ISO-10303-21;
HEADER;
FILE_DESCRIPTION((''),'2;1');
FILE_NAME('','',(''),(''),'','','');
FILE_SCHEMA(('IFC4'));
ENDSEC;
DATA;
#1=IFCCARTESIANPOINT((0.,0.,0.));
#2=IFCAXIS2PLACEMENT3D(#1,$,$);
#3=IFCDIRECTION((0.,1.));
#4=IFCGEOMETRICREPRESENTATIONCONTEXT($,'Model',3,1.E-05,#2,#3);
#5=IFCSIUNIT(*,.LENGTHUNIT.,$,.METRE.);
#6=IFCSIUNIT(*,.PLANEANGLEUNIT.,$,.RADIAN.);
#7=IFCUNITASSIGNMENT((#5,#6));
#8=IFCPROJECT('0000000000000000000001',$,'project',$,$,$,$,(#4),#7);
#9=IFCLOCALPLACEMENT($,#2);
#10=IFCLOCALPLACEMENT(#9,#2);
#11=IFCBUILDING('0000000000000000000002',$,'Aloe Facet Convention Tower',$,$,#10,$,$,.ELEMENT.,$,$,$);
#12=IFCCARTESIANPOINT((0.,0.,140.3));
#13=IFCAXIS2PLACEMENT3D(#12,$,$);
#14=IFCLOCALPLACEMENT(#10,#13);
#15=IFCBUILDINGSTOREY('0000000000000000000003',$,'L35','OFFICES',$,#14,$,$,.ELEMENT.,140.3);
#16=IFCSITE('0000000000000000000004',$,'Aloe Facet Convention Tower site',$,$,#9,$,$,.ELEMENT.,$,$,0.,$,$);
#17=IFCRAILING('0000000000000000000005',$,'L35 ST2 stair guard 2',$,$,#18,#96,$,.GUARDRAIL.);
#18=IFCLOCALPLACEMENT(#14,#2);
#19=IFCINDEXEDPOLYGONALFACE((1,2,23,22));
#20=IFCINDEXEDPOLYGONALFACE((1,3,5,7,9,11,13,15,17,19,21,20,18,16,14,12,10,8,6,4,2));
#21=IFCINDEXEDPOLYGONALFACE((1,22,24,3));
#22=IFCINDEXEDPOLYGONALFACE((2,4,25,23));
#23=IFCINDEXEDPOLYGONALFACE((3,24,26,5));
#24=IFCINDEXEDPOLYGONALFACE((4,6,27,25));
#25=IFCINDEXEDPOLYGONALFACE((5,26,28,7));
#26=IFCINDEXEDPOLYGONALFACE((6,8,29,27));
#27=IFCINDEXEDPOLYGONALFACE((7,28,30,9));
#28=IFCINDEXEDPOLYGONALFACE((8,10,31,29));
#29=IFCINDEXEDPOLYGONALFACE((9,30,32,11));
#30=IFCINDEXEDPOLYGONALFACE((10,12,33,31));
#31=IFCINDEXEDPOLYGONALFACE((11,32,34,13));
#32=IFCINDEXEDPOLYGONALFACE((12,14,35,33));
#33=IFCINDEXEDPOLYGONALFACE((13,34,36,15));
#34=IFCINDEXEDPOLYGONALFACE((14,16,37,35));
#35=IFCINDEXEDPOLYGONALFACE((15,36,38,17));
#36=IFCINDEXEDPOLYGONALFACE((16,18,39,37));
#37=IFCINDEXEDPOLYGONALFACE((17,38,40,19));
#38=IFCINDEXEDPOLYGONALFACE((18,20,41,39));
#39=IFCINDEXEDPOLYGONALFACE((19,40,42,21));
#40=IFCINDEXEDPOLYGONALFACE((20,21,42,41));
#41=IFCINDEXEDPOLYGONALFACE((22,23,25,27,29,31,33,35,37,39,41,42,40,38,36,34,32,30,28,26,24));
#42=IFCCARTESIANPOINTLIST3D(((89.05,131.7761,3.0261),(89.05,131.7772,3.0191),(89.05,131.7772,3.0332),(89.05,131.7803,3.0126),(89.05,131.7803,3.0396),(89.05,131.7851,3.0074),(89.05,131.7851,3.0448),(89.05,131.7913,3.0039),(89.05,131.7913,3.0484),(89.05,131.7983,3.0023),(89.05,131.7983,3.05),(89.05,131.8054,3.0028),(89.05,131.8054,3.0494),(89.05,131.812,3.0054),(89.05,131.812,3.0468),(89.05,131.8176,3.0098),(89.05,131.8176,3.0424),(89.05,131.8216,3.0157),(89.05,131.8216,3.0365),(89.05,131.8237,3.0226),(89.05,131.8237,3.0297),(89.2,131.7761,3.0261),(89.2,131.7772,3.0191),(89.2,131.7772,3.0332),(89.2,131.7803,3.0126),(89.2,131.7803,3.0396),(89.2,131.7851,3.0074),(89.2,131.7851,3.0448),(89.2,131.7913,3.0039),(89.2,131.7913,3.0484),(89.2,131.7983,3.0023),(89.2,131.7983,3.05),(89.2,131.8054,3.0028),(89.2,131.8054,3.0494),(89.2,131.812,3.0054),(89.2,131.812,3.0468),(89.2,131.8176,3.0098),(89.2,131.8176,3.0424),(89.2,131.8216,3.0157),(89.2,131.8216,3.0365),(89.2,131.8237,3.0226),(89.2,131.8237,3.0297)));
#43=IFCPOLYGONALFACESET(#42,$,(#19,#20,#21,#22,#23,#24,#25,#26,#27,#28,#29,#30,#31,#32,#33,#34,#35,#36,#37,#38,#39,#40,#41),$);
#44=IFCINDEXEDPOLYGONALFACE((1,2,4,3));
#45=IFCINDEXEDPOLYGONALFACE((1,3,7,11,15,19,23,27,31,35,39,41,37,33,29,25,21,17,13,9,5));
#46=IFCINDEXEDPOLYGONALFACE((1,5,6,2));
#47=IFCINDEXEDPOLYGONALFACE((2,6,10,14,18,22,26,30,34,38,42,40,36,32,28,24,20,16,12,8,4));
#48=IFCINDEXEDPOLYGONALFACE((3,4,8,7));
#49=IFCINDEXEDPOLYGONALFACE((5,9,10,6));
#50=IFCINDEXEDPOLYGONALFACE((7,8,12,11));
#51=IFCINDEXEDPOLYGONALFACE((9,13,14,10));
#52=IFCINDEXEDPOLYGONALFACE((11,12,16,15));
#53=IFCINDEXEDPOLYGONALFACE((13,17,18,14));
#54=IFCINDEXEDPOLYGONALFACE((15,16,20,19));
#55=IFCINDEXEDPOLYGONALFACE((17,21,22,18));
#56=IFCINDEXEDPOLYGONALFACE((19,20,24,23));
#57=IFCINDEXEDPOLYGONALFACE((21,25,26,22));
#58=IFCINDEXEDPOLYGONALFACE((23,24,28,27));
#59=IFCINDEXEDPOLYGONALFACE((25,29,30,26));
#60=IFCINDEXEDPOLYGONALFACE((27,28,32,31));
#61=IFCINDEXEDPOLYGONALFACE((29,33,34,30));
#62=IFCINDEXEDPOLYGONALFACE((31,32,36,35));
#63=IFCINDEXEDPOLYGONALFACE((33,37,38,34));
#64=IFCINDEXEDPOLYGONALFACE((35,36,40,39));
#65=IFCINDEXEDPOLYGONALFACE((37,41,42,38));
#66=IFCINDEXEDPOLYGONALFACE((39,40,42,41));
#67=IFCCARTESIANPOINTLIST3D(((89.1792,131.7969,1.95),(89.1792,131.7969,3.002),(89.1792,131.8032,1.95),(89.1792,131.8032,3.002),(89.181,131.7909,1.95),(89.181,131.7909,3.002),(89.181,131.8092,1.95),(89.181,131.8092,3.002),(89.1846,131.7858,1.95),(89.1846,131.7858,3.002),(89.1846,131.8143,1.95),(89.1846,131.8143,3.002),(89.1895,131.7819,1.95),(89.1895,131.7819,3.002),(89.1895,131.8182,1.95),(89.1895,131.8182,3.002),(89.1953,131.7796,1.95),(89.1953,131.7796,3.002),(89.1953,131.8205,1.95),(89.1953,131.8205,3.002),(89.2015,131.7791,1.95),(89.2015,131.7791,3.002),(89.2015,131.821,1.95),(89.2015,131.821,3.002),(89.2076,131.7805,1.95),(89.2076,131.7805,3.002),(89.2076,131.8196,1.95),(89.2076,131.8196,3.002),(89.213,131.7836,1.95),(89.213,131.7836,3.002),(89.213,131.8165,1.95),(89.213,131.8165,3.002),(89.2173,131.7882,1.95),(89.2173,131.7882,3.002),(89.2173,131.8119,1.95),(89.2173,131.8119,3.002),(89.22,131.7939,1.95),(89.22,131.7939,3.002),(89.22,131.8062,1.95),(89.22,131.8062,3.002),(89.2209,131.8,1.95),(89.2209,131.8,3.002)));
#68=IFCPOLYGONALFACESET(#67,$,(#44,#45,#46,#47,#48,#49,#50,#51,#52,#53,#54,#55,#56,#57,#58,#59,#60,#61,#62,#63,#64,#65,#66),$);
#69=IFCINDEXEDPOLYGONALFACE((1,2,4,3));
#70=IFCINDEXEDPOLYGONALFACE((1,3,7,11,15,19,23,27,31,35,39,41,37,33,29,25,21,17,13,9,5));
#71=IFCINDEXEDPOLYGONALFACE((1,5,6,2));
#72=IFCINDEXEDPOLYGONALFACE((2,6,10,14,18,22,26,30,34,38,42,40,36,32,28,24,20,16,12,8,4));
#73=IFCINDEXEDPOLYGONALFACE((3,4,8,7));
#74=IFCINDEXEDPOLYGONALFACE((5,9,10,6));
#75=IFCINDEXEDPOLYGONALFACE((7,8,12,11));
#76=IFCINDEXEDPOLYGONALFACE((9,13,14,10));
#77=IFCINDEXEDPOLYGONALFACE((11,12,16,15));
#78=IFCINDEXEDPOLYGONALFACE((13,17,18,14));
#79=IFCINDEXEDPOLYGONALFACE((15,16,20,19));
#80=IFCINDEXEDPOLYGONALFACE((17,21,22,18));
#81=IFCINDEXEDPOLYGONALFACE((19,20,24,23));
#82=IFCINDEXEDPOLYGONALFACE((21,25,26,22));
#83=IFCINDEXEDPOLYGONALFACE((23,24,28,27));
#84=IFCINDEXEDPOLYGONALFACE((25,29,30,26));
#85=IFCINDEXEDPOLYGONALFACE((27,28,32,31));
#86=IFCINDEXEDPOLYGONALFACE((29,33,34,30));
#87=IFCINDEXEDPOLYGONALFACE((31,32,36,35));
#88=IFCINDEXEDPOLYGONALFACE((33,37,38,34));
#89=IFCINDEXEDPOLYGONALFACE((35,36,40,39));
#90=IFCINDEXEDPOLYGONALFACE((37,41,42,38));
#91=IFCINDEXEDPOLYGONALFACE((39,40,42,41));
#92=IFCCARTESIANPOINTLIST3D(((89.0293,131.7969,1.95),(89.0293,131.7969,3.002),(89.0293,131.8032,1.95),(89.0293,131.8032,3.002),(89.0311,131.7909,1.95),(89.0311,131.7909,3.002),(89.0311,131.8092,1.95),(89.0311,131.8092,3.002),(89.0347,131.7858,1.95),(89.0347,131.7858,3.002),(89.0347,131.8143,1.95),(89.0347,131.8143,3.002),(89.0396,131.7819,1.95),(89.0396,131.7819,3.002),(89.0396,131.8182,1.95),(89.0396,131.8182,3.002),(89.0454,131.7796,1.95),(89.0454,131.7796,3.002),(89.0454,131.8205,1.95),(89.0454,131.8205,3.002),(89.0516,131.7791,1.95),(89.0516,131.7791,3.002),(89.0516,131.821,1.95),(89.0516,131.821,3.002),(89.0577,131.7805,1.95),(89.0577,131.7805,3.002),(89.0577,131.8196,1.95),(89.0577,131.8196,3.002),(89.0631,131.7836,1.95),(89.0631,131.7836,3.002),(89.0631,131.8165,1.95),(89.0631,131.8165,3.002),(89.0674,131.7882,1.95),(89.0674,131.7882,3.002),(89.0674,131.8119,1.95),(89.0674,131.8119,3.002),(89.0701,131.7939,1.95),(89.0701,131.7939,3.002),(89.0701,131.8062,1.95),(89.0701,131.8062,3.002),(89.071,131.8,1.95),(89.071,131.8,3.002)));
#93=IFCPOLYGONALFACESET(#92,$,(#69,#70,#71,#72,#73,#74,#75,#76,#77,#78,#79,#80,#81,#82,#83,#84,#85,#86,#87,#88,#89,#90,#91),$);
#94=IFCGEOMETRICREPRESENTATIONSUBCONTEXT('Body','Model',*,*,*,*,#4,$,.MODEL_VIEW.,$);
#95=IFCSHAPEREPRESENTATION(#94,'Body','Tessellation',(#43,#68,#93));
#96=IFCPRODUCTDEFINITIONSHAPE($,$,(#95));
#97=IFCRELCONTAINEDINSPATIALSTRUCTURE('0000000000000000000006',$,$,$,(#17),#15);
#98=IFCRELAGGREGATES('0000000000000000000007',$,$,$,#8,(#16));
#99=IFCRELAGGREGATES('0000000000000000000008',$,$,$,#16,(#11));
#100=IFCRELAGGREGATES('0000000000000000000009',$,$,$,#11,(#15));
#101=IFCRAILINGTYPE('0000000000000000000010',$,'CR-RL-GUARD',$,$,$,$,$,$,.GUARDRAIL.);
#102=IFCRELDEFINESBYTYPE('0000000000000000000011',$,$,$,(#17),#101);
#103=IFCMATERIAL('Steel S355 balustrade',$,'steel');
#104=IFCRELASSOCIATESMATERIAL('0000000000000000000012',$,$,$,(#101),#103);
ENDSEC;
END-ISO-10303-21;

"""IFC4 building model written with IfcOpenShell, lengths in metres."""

from ifc_helpers import new_model, si_unit, direction, frame, origin, origin_2d, place, context, subcontext, project, spatial, circle, extrude, material, type_object, element, save


model = new_model("IFC4")

# Units and contexts
model_context = context("Model", 3, precision=1e-05, world=origin(), true_north=direction((0.0, 1.0)))
body_context = subcontext(model_context, "Body", "Model", "MODEL_VIEW")
ifc_project = project(units=[si_unit("LENGTHUNIT", "METRE"), si_unit("PLANEANGLEUNIT", "RADIAN")], contexts=[model_context])

# Site, building, storey
site_placement = place(None, origin())
site = spatial("IfcSite", under=ifc_project, at=site_placement, Name="Aloe Facet Convention Tower site", CompositionType="ELEMENT", RefElevation=0.0)
building_placement = place(site_placement, origin())
building = spatial("IfcBuilding", under=site, at=building_placement, Name="Aloe Facet Convention Tower", CompositionType="ELEMENT")
storey_placement = place(building_placement, frame((0.0, 0.0, 140.3)))
storey = spatial("IfcBuildingStorey", under=building, at=storey_placement, Name="L35", Description="OFFICES", CompositionType="ELEMENT", Elevation=140.3)

# Railing
ifc_material_1 = material(Name="Steel S355 balustrade", Category="steel")
railing_type_1 = type_object("IfcRailingType", Name="CR-RL-GUARD", PredefinedType="GUARDRAIL", material=ifc_material_1)
railing_1_placement = place(storey_placement, frame((89.2, 131.8, 1.95)))
element("IfcRailing", 1, at=railing_1_placement, inside=storey, type_object=railing_type_1, Name="L35 ST2 stair guard 2", PredefinedType="GUARDRAIL", context=body_context, shape_type="SweptSolid", body=[
    extrude(circle(Radius=0.0239, at=origin_2d()), frame((0.0, 0.0, 1.0762), z_axis=(-1.0, 0.0, 0.0), x_axis=(0.0, -1.0, 0.0)), (0.0, 0.0, 1.0), 0.1499),
    extrude(circle(Radius=0.021, at=origin_2d()), origin(), (0.0, 0.0, 1.0), 1.052),
    extrude(circle(Radius=0.021, at=origin_2d()), frame((-0.1499, 0.0, 0.0)), (0.0, 0.0, 1.0), 1.052),
])

save(model, "model.ifc")
